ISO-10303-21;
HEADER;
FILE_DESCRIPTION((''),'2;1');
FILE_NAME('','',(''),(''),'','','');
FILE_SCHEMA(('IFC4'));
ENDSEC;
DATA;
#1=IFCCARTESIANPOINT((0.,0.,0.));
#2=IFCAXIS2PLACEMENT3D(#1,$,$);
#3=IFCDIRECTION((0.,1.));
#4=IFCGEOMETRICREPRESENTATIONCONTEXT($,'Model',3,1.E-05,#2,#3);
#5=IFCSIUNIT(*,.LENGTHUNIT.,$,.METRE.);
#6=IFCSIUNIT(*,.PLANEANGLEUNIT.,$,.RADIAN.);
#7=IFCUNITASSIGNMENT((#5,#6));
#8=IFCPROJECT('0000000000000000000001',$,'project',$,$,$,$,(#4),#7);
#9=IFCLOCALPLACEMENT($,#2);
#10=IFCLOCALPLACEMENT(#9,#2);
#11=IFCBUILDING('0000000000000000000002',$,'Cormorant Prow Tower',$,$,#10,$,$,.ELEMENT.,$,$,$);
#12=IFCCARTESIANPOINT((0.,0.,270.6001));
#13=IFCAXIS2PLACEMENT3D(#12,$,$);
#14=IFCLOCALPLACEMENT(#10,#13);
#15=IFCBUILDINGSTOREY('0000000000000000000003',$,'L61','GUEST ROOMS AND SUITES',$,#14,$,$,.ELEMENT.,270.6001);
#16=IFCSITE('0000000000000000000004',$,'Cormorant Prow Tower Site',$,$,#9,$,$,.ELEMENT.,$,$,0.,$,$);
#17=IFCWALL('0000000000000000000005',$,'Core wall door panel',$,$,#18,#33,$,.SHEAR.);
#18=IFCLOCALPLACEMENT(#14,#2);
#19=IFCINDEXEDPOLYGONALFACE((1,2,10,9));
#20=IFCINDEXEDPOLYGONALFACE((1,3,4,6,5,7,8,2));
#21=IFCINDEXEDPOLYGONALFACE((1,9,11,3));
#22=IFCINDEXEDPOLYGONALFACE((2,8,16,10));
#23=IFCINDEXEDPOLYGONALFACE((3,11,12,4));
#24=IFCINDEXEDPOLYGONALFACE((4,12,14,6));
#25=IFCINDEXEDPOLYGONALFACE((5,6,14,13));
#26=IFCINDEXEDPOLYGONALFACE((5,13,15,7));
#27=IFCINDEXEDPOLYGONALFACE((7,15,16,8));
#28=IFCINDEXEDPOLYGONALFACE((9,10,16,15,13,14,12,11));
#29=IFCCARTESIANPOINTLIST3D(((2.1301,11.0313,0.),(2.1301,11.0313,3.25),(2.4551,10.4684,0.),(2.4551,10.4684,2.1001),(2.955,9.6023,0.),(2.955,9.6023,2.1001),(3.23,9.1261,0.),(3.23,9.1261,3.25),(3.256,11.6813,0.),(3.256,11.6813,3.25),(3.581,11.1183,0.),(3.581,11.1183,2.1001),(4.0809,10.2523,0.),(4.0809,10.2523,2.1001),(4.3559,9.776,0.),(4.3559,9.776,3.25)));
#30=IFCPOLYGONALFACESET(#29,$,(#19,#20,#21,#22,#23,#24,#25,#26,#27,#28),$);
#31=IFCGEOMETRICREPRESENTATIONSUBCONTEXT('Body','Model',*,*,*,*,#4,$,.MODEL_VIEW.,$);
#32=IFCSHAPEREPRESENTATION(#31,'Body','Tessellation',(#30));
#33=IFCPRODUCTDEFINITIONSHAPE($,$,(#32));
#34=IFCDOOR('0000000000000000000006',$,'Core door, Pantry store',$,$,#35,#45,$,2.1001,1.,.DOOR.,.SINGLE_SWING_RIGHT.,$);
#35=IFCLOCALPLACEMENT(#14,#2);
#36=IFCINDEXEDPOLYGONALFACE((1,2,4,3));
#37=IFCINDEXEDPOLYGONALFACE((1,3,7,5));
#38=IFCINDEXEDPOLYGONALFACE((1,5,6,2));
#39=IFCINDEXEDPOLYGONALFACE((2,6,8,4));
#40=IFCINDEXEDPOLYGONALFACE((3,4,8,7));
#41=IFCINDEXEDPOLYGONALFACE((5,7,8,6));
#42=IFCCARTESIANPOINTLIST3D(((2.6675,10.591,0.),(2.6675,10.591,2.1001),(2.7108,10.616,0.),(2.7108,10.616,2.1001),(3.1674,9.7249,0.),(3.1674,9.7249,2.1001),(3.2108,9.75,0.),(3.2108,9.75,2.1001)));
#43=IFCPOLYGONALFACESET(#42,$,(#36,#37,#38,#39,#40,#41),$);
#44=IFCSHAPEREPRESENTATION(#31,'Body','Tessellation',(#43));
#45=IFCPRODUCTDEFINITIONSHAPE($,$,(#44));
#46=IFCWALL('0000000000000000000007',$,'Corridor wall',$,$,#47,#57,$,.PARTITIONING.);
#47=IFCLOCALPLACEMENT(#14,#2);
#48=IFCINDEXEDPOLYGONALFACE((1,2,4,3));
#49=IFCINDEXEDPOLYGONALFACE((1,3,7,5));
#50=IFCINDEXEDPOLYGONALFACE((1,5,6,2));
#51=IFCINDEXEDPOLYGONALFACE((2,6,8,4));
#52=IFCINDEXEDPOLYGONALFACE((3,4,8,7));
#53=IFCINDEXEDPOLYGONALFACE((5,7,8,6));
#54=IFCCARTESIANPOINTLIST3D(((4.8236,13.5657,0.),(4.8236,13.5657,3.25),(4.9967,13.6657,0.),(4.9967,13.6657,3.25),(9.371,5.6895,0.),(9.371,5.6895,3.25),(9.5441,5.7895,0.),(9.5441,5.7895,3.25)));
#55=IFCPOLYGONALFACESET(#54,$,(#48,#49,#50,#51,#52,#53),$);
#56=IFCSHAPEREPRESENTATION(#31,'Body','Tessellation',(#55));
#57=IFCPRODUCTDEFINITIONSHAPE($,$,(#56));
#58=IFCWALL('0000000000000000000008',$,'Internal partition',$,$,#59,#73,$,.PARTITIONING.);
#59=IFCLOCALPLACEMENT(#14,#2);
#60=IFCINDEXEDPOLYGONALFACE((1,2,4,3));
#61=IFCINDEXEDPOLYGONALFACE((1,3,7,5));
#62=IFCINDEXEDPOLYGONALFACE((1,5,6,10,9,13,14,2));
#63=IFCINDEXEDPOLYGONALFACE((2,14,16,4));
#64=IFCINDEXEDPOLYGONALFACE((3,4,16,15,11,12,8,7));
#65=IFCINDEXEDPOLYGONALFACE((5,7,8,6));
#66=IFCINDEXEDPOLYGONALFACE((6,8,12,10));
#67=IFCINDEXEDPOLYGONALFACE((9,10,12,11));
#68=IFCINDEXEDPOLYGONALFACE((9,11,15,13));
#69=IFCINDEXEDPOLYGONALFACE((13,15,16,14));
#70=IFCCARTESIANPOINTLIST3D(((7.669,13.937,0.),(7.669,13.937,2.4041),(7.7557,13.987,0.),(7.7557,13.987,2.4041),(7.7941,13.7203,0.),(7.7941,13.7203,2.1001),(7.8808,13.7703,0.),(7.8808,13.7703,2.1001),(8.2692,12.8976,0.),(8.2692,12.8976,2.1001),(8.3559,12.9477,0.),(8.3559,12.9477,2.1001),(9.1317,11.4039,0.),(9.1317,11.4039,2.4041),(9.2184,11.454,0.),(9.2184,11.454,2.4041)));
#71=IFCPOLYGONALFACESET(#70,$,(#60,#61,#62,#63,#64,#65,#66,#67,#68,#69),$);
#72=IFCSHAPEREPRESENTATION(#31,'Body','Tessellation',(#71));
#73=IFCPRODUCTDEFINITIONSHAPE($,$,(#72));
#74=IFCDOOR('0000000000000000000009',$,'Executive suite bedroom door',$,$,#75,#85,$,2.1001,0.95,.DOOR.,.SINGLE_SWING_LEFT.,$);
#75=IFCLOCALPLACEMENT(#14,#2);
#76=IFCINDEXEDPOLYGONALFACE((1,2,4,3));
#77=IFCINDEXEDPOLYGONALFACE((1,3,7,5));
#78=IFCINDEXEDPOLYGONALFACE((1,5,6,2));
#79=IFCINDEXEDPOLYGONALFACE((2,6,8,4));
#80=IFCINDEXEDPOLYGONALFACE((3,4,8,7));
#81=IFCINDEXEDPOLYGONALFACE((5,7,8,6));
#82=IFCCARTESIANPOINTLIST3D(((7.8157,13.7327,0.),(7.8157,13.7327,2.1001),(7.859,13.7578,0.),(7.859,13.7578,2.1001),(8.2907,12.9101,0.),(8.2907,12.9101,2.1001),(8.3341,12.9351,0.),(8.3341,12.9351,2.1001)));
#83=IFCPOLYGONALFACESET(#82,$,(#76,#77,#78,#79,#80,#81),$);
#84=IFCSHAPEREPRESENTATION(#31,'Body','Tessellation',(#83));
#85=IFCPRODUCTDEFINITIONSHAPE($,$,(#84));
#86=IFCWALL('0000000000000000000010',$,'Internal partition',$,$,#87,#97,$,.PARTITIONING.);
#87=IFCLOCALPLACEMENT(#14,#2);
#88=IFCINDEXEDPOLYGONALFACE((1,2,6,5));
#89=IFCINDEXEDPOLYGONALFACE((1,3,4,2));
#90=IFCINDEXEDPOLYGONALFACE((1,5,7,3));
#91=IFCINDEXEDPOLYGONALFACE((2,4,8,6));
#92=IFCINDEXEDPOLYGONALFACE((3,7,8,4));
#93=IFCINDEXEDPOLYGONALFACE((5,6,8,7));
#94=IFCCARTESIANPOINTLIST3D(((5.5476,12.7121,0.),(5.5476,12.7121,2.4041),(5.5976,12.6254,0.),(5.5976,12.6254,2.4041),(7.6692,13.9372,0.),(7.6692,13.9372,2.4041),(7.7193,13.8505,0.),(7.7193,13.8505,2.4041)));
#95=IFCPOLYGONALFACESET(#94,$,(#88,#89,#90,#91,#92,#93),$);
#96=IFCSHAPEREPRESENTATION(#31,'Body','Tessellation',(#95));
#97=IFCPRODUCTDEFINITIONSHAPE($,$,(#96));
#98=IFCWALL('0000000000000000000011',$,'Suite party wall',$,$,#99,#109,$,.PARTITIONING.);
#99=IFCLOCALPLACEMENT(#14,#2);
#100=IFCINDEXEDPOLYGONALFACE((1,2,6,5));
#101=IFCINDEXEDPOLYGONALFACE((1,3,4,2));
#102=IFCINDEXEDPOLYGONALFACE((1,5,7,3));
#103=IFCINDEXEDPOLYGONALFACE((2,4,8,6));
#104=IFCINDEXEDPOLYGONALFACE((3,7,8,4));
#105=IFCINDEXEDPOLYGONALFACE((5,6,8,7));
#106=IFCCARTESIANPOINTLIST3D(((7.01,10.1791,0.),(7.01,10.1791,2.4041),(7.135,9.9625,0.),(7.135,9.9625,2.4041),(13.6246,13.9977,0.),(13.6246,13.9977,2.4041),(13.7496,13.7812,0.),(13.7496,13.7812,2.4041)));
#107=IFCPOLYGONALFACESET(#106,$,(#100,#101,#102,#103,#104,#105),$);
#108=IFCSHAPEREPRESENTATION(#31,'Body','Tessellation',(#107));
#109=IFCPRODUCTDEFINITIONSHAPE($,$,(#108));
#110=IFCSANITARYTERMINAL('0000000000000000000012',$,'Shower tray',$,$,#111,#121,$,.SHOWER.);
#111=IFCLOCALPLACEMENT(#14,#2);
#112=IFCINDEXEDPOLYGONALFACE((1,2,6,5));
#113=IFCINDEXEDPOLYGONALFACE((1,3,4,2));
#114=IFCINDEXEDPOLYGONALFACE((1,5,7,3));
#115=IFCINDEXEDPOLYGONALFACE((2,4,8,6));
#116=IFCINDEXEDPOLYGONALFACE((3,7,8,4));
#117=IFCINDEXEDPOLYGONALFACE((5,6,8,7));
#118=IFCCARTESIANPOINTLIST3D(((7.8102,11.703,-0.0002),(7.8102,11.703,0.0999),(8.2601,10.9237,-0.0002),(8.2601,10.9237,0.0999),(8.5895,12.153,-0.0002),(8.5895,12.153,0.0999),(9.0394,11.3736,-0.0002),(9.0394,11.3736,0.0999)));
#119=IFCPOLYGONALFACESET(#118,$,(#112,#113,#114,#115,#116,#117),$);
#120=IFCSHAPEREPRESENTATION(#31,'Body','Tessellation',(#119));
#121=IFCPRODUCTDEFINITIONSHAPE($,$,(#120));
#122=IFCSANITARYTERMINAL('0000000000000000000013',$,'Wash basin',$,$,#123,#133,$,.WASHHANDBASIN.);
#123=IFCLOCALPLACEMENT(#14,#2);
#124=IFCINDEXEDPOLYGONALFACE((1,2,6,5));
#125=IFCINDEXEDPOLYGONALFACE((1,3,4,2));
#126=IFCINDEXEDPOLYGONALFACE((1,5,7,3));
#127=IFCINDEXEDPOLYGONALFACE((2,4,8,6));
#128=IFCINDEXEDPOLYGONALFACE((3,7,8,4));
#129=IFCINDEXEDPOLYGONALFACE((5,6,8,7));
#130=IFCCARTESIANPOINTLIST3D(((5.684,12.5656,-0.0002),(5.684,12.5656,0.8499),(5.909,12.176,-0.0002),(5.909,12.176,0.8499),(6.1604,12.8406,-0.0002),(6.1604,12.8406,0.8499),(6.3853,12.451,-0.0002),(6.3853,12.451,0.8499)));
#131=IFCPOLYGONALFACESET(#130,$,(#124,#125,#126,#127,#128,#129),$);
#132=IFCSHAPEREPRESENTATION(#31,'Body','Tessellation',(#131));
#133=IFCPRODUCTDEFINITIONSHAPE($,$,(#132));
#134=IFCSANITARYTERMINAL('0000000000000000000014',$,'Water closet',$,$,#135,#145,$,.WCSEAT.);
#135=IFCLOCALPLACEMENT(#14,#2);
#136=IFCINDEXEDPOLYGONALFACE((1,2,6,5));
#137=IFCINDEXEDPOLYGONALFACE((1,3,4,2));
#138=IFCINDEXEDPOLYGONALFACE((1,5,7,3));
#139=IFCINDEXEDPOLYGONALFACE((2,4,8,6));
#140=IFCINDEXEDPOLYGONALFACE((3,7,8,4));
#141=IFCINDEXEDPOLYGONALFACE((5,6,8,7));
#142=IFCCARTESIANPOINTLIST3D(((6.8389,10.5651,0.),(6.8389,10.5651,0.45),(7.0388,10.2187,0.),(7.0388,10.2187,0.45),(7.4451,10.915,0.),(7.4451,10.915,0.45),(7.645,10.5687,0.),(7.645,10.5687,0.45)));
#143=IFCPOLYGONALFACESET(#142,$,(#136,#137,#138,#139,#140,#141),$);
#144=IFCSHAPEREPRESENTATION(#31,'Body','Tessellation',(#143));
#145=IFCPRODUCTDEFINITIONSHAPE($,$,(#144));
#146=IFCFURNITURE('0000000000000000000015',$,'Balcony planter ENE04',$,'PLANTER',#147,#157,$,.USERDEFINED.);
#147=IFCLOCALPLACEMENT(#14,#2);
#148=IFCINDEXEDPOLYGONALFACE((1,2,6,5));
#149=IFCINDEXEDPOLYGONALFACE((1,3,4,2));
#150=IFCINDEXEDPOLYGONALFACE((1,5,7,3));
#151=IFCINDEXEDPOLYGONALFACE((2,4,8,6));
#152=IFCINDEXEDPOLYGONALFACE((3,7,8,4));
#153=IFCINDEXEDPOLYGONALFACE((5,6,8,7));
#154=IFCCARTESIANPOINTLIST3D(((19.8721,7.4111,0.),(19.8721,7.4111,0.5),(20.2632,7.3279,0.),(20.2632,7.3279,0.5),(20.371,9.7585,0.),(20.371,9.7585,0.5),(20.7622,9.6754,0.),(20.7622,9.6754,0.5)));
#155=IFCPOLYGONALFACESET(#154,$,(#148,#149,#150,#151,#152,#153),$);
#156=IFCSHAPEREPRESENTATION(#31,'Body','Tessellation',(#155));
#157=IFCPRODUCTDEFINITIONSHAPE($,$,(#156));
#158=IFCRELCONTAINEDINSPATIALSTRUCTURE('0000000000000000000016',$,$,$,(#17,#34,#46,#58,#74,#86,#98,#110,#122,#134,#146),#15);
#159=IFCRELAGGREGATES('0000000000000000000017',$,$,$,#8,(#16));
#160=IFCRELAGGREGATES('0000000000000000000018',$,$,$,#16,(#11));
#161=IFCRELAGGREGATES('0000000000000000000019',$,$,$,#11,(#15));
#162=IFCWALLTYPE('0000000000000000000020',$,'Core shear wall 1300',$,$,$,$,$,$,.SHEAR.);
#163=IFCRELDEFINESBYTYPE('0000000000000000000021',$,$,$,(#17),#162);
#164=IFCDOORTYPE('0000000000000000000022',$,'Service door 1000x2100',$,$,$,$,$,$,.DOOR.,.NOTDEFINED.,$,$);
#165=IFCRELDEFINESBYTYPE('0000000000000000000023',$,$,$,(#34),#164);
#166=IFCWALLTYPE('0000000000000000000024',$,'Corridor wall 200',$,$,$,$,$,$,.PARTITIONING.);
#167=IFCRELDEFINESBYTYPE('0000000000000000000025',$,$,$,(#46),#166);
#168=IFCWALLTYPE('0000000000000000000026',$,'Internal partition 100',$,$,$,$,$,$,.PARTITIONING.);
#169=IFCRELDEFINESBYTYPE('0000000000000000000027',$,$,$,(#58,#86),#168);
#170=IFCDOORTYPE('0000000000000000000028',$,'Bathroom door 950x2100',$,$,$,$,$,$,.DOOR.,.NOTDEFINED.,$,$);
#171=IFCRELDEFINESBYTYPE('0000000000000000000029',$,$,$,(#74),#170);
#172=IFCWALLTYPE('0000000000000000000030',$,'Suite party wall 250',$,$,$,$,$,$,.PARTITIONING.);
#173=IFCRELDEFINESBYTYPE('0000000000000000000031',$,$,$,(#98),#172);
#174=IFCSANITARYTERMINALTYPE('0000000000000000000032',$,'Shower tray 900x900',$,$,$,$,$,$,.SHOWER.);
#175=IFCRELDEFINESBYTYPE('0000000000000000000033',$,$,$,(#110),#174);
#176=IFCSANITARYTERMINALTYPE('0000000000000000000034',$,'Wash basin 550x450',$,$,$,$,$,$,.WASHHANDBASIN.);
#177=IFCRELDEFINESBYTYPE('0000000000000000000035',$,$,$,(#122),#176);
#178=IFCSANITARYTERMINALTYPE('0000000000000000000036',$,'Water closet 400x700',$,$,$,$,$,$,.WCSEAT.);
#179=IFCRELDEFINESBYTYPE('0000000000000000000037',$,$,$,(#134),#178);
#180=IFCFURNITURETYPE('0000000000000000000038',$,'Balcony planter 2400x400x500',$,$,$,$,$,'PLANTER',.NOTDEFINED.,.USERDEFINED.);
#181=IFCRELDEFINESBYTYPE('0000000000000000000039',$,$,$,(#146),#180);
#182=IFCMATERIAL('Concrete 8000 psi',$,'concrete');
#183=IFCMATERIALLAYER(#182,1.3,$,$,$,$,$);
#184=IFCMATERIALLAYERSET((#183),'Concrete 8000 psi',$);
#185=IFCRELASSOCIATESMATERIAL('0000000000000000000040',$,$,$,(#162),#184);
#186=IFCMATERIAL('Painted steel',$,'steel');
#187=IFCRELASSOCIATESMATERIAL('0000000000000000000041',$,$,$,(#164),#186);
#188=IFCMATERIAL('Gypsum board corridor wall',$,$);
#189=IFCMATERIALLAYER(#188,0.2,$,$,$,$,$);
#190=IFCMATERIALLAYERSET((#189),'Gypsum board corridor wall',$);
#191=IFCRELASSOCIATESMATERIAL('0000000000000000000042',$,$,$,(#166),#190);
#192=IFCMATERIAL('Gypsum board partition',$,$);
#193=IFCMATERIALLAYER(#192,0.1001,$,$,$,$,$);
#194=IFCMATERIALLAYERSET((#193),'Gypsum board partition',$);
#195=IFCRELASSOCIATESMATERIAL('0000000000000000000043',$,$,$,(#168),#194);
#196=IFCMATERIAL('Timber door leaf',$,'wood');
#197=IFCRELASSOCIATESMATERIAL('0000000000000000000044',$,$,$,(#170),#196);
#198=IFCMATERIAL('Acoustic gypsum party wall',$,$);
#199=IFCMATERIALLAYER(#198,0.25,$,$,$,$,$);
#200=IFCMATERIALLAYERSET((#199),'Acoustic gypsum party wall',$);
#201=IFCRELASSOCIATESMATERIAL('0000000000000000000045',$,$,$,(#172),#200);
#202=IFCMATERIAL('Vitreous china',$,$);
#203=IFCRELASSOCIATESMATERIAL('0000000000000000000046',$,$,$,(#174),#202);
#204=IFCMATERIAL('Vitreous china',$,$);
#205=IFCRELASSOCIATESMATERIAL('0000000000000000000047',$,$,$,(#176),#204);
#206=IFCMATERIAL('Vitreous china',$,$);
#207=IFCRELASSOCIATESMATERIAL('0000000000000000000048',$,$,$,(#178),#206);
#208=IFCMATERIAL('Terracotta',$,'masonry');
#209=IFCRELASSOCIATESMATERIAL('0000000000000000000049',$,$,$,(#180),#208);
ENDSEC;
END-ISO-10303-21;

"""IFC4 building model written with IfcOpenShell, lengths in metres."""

from ifc_helpers import new_model, si_unit, direction, frame, frame_2d, origin, origin_2d, place, context, subcontext, project, spatial, rectangle, extrude, material, layer, layer_set, type_object, element, fill, save


model = new_model("IFC4")

# Units and contexts
model_context = context("Model", 3, precision=1e-05, world=origin(), true_north=direction((0.0, 1.0)))
body_context = subcontext(model_context, "Body", "Model", "MODEL_VIEW")
ifc_project = project(units=[si_unit("LENGTHUNIT", "METRE"), si_unit("PLANEANGLEUNIT", "RADIAN")], contexts=[model_context])

# Site, building, storey
site_placement = place(None, origin())
site = spatial("IfcSite", under=ifc_project, at=site_placement, Name="Cormorant Prow Tower Site", CompositionType="ELEMENT", RefElevation=0.0)
building_placement = place(site_placement, origin())
building = spatial("IfcBuilding", under=site, at=building_placement, Name="Cormorant Prow Tower", CompositionType="ELEMENT")
storey_placement = place(building_placement, frame((0.0, 0.0, 270.6001)))
storey = spatial("IfcBuildingStorey", under=building, at=storey_placement, Name="L61", Description="GUEST ROOMS AND SUITES", CompositionType="ELEMENT", Elevation=270.6001)

# Shared definitions
ifc_material_1 = material(Name="Concrete 8000 psi", Category="concrete")
ifc_layer_1 = layer(ifc_material_1, 1.3)
ifc_layer_set_1 = layer_set([ifc_layer_1], Name="Concrete 8000 psi")
wall_type_1 = type_object("IfcWallType", Name="Core shear wall 1300", PredefinedType="SHEAR", material=ifc_layer_set_1)

# Wall, opening, door
wall_1_placement = place(storey_placement, frame((3.793, 9.4509, 0.0), z_axis=(0.0, 0.0, 1.0), x_axis=(-0.499947, 0.866056, 0.0)))
wall_1 = element("IfcWall", 1, at=wall_1_placement, inside=storey, type_object=wall_type_1, Name="Core wall door panel", PredefinedType="SHEAR", context=body_context, shape_type="SweptSolid", body=[
    extrude(rectangle(XDim=2.2, YDim=1.3, at=frame_2d((1.1001, 0.0))), origin(), (0.0, 0.0, 1.0), 3.25),
])
opening_1_placement = place(wall_1_placement, frame((0.55, 0.0, 0.0)))
opening_1 = element("IfcOpeningElement", 2, at=opening_1_placement, cuts=wall_1, PredefinedType="OPENING", context=body_context, shape_type="SweptSolid", body=[
    extrude(rectangle(XDim=1.0, YDim=2.1001, at=frame_2d((0.5, 1.05))), frame((0.0, 0.6599, 0.0), z_axis=(0.0, -1.0, 0.0), x_axis=(1.0, 0.0, 0.0)), (0.0, 0.0, 1.0), 1.3201),
])
ifc_material_2 = material(Name="Painted steel", Category="steel")
door_type_1 = type_object("IfcDoorType", Name="Service door 1000x2100", OperationType="NOTDEFINED", PredefinedType="DOOR", material=ifc_material_2)
door_1_placement = place(opening_1_placement, origin())
door_1 = element("IfcDoor", 3, at=door_1_placement, inside=storey, type_object=door_type_1, Name="Core door, Pantry store", OperationType="SINGLE_SWING_RIGHT", OverallHeight=2.1001, OverallWidth=1.0, PredefinedType="DOOR", context=body_context, shape_type="SweptSolid", body=[
    extrude(rectangle(XDim=1.0, YDim=2.1001, at=frame_2d((0.5, 1.05))), frame((0.0, 0.4048, 0.0), z_axis=(0.0, -1.0, 0.0), x_axis=(1.0, 0.0, 0.0)), (0.0, 0.0, 1.0), 0.05),
])
fill(opening_1, door_1)

# Wall
ifc_material_3 = material(Name="Gypsum board corridor wall")
ifc_layer_2 = layer(ifc_material_3, 0.2)
ifc_layer_set_2 = layer_set([ifc_layer_2], Name="Gypsum board corridor wall")
wall_type_2 = type_object("IfcWallType", Name="Corridor wall 200", PredefinedType="PARTITIONING", material=ifc_layer_set_2)
wall_2_placement = place(storey_placement, frame((4.9102, 13.6157, 0.0), z_axis=(0.0, 0.0, 1.0), x_axis=(0.500002, -0.866024, 0.0)))
element("IfcWall", 4, at=wall_2_placement, inside=storey, type_object=wall_type_2, Name="Corridor wall", PredefinedType="PARTITIONING", context=body_context, shape_type="SweptSolid", body=[
    extrude(rectangle(XDim=9.0947, YDim=0.2, at=frame_2d((4.5474, 0.0))), origin(), (0.0, 0.0, 1.0), 3.25),
])

# Wall, opening, door
ifc_material_4 = material(Name="Gypsum board partition")
ifc_layer_3 = layer(ifc_material_4, 0.1001)
ifc_layer_set_3 = layer_set([ifc_layer_3], Name="Gypsum board partition")
wall_type_3 = type_object("IfcWallType", Name="Internal partition 100", PredefinedType="PARTITIONING", material=ifc_layer_set_3)
wall_3_placement = place(storey_placement, frame((7.7124, 13.9619, 0.0), z_axis=(0.0, 0.0, 1.0), x_axis=(0.500062, -0.86599, 0.0)))
wall_3 = element("IfcWall", 5, at=wall_3_placement, inside=storey, type_object=wall_type_3, Name="Internal partition", PredefinedType="PARTITIONING", context=body_context, shape_type="SweptSolid", body=[
    extrude(rectangle(XDim=2.925, YDim=0.1001, at=frame_2d((1.4624, 0.0))), origin(), (0.0, 0.0, 1.0), 2.4041),
])
opening_2_placement = place(wall_3_placement, frame((0.25, 0.0, 0.0)))
opening_2 = element("IfcOpeningElement", 6, at=opening_2_placement, cuts=wall_3, PredefinedType="OPENING", context=body_context, shape_type="SweptSolid", body=[
    extrude(rectangle(XDim=0.95, YDim=2.1001, at=frame_2d((0.4751, 1.05))), frame((0.0, 0.0601, 0.0), z_axis=(0.0, -1.0, 0.0), x_axis=(1.0, 0.0, 0.0)), (0.0, 0.0, 1.0), 0.1201),
])
ifc_material_5 = material(Name="Timber door leaf", Category="wood")
door_type_2 = type_object("IfcDoorType", Name="Bathroom door 950x2100", OperationType="NOTDEFINED", PredefinedType="DOOR", material=ifc_material_5)
door_2_placement = place(opening_2_placement, origin())
door_2 = element("IfcDoor", 7, at=door_2_placement, inside=storey, type_object=door_type_2, Name="Executive suite bedroom door", OperationType="SINGLE_SWING_LEFT", OverallHeight=2.1001, OverallWidth=0.95, PredefinedType="DOOR", context=body_context, shape_type="SweptSolid", body=[
    extrude(rectangle(XDim=0.95, YDim=2.1001, at=frame_2d((0.4751, 1.05))), frame((0.0, 0.0249, 0.0), z_axis=(0.0, -1.0, 0.0), x_axis=(1.0, 0.0, 0.0)), (0.0, 0.0, 1.0), 0.05),
])
fill(opening_2, door_2)

# Walls
wall_4_placement = place(storey_placement, frame((5.5725, 12.6687, 0.0), z_axis=(0.0, 0.0, 1.0), x_axis=(0.86599, 0.500062, 0.0)))
element("IfcWall", 8, at=wall_4_placement, inside=storey, type_object=wall_type_3, Name="Internal partition", PredefinedType="PARTITIONING", context=body_context, shape_type="SweptSolid", body=[
    extrude(rectangle(XDim=2.45, YDim=0.1001, at=frame_2d((1.2251, 0.0))), origin(), (0.0, 0.0, 1.0), 2.4041),
])
ifc_material_6 = material(Name="Acoustic gypsum party wall")
ifc_layer_4 = layer(ifc_material_6, 0.25)
ifc_layer_set_4 = layer_set([ifc_layer_4], Name="Acoustic gypsum party wall")
wall_type_4 = type_object("IfcWallType", Name="Suite party wall 250", PredefinedType="PARTITIONING", material=ifc_layer_set_4)
wall_5_placement = place(storey_placement, frame((7.0725, 10.0708, 0.0), z_axis=(0.0, 0.0, 1.0), x_axis=(0.866041, 0.499972, 0.0)))
element("IfcWall", 9, at=wall_5_placement, inside=storey, type_object=wall_type_4, Name="Suite party wall", PredefinedType="PARTITIONING", context=body_context, shape_type="SweptSolid", body=[
    extrude(rectangle(XDim=7.6377, YDim=0.25, at=frame_2d((3.8188, 0.0))), origin(), (0.0, 0.0, 1.0), 2.4041),
])

# Sanitary terminals
ifc_material_7 = material(Name="Vitreous china")
sanitary_terminal_type_1 = type_object("IfcSanitaryTerminalType", Name="Shower tray 900x900", PredefinedType="SHOWER", material=ifc_material_7)
sanitary_terminal_1_placement = place(storey_placement, frame((8.4248, 11.5383, -0.0002), z_axis=(0.0, 0.0, 1.0), x_axis=(-0.866025, -0.5, 0.0)))
element("IfcSanitaryTerminal", 10, at=sanitary_terminal_1_placement, inside=storey, type_object=sanitary_terminal_type_1, Name="Shower tray", PredefinedType="SHOWER", context=body_context, shape_type="SweptSolid", body=[
    extrude(rectangle(XDim=0.8999, YDim=0.8999, at=origin_2d()), origin(), (0.0, 0.0, 1.0), 0.1001),
])
ifc_material_8 = material(Name="Vitreous china")
sanitary_terminal_type_2 = type_object("IfcSanitaryTerminalType", Name="Wash basin 550x450", PredefinedType="WASHHANDBASIN", material=ifc_material_8)
sanitary_terminal_2_placement = place(storey_placement, frame((6.0347, 12.5083, -0.0002), z_axis=(0.0, 0.0, 1.0), x_axis=(0.866025, 0.5, 0.0)))
element("IfcSanitaryTerminal", 11, at=sanitary_terminal_2_placement, inside=storey, type_object=sanitary_terminal_type_2, Name="Wash basin", PredefinedType="WASHHANDBASIN", context=body_context, shape_type="SweptSolid", body=[
    extrude(rectangle(XDim=0.55, YDim=0.45, at=origin_2d()), origin(), (0.0, 0.0, 1.0), 0.8501),
])
ifc_material_9 = material(Name="Vitreous china")
sanitary_terminal_type_3 = type_object("IfcSanitaryTerminalType", Name="Water closet 400x700", PredefinedType="WCSEAT", material=ifc_material_9)
sanitary_terminal_3_placement = place(storey_placement, frame((7.2419, 10.5669, 0.0), z_axis=(0.0, 0.0, 1.0), x_axis=(-0.5, 0.866025, 0.0)))
element("IfcSanitaryTerminal", 12, at=sanitary_terminal_3_placement, inside=storey, type_object=sanitary_terminal_type_3, Name="Water closet", PredefinedType="WCSEAT", context=body_context, shape_type="SweptSolid", body=[
    extrude(rectangle(XDim=0.3999, YDim=0.7, at=origin_2d()), origin(), (0.0, 0.0, 1.0), 0.45),
])

# Furniture
ifc_material_10 = material(Name="Terracotta", Category="masonry")
furniture_type = type_object("IfcFurnitureType", Name="Balcony planter 2400x400x500", ElementType="PLANTER", AssemblyPlace="NOTDEFINED", PredefinedType="USERDEFINED", material=ifc_material_10)
furniture_placement = place(storey_placement, frame((20.3171, 8.5432, 0.0), z_axis=(0.0, 0.0, 1.0), x_axis=(0.207912, 0.978148, 0.0)))
element("IfcFurniture", 13, at=furniture_placement, inside=storey, type_object=furniture_type, Name="Balcony planter ENE04", ObjectType="PLANTER", PredefinedType="USERDEFINED", context=body_context, shape_type="SweptSolid", body=[
    extrude(rectangle(XDim=2.3999, YDim=0.3999, at=origin_2d()), origin(), (0.0, 0.0, 1.0), 0.5),
])

save(model, "model.ifc")
